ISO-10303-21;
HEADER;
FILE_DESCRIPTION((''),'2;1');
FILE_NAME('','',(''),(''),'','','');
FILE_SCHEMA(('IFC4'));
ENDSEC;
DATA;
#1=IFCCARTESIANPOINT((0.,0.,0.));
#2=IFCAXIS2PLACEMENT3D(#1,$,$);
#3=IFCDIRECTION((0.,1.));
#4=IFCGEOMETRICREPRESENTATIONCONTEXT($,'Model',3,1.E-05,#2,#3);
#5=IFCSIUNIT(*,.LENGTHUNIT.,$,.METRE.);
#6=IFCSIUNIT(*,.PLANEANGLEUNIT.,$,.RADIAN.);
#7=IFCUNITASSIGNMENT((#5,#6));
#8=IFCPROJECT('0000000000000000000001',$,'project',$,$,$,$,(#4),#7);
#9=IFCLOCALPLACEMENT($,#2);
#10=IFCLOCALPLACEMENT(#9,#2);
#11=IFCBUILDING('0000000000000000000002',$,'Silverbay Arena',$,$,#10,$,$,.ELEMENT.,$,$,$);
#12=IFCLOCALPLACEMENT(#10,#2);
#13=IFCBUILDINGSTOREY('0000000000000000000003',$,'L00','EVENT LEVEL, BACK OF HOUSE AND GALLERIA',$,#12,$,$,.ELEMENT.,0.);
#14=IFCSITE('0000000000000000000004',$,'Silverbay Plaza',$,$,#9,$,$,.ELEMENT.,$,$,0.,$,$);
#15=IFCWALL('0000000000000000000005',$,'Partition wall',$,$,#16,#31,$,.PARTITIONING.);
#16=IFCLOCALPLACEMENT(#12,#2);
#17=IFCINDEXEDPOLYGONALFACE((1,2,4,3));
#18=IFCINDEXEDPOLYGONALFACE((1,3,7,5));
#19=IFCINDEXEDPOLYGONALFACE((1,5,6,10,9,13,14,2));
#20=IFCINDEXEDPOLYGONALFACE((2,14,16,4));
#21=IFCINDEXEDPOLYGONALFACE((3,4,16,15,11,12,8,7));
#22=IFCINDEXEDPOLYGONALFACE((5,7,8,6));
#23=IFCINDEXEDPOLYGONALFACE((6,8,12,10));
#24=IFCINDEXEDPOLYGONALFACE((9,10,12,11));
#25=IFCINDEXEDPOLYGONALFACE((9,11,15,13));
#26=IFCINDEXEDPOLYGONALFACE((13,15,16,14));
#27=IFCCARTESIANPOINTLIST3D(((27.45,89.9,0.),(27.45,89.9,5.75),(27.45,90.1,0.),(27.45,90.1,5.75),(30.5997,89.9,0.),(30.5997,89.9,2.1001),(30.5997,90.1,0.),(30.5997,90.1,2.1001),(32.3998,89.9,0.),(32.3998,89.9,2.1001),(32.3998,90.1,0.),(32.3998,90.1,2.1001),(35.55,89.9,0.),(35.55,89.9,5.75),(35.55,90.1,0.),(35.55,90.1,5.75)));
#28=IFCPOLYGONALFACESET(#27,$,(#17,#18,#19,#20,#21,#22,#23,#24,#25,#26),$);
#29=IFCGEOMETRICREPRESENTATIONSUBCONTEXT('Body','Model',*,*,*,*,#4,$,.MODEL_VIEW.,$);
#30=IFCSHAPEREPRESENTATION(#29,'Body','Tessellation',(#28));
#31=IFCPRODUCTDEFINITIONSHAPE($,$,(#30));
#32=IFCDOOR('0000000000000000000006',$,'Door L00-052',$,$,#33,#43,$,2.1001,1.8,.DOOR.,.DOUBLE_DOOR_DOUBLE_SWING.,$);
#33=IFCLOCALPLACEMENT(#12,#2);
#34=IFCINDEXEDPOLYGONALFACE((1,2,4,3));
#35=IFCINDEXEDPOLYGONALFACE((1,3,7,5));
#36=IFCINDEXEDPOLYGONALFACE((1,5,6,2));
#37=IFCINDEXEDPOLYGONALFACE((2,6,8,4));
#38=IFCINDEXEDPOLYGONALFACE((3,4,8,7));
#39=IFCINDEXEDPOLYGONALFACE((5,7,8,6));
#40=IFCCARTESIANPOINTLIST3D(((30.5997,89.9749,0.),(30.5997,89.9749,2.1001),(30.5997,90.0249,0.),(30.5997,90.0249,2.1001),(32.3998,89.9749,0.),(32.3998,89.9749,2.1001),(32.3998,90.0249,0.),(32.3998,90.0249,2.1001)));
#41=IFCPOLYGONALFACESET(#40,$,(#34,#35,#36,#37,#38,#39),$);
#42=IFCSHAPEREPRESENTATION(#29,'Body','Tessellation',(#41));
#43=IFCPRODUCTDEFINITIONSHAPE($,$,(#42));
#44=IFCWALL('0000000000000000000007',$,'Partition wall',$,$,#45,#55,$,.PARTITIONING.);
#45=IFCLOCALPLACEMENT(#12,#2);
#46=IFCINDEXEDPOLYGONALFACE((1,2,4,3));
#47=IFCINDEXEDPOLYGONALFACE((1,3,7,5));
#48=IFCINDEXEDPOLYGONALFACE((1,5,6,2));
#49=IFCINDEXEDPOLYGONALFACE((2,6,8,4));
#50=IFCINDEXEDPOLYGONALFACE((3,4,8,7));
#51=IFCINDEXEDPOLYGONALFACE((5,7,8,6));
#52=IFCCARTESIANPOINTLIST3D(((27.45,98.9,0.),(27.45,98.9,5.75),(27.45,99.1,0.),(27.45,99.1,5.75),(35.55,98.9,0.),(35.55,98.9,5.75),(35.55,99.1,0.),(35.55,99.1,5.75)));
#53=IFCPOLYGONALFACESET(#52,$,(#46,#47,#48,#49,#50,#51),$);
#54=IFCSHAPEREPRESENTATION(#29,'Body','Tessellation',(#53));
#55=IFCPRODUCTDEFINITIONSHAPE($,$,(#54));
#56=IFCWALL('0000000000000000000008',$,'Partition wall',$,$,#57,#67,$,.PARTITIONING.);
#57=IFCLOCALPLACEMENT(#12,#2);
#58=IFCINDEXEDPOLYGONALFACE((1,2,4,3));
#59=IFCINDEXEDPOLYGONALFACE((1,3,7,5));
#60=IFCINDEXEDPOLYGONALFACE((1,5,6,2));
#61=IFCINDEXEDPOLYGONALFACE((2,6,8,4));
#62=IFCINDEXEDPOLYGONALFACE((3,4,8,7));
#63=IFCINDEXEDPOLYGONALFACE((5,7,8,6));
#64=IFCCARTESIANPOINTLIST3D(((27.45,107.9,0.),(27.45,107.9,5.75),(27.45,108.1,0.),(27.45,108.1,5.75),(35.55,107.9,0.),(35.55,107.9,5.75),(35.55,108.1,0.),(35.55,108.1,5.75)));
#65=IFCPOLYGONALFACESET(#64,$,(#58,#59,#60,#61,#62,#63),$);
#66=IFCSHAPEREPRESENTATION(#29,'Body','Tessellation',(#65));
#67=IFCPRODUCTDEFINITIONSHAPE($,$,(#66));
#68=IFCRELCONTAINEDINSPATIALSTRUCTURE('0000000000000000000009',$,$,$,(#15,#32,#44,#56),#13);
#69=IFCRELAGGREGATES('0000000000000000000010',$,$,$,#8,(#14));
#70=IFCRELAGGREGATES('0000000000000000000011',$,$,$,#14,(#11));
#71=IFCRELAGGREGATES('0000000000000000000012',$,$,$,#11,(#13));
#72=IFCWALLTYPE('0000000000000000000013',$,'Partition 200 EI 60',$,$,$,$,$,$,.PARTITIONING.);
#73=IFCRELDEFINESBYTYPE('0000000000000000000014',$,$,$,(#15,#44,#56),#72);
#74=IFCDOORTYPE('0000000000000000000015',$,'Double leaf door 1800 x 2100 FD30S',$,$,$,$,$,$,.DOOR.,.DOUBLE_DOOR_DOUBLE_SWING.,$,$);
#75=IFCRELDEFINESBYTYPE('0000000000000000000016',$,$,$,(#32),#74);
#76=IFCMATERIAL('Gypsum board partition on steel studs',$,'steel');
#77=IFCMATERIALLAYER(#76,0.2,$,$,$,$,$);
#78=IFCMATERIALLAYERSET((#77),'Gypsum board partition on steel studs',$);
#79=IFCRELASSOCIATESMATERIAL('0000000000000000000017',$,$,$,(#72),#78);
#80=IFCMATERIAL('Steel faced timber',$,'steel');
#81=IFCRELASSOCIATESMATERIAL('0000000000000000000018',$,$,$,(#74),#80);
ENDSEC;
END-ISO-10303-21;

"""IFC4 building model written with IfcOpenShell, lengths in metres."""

from ifc_helpers import new_model, si_unit, direction, frame, frame_2d, origin, place, context, subcontext, project, spatial, rectangle, extrude, material, layer, layer_set, type_object, element, fill, save


model = new_model("IFC4")

# Units and contexts
model_context = context("Model", 3, precision=1e-05, world=origin(), true_north=direction((0.0, 1.0)))
body_context = subcontext(model_context, "Body", "Model", "MODEL_VIEW")
ifc_project = project(units=[si_unit("LENGTHUNIT", "METRE"), si_unit("PLANEANGLEUNIT", "RADIAN")], contexts=[model_context])

# Site, building, storey
site_placement = place(None, origin())
site = spatial("IfcSite", under=ifc_project, at=site_placement, Name="Silverbay Plaza", CompositionType="ELEMENT", RefElevation=0.0)
building_placement = place(site_placement, origin())
building = spatial("IfcBuilding", under=site, at=building_placement, Name="Silverbay Arena", CompositionType="ELEMENT")
storey_placement = place(building_placement, origin())
storey = spatial("IfcBuildingStorey", under=building, at=storey_placement, Name="L00", Description="EVENT LEVEL, BACK OF HOUSE AND GALLERIA", CompositionType="ELEMENT", Elevation=0.0)

# Wall, opening, door
ifc_material_1 = material(Name="Gypsum board partition on steel studs", Category="steel")
ifc_layer_1 = layer(ifc_material_1, 0.2)
ifc_layer_set_1 = layer_set([ifc_layer_1], Name="Gypsum board partition on steel studs")
wall_type_1 = type_object("IfcWallType", Name="Partition 200 EI 60", PredefinedType="PARTITIONING", material=ifc_layer_set_1)
wall_1_placement = place(storey_placement, frame((27.45, 90.0, 0.0), z_axis=(0.0, 0.0, 1.0), x_axis=(1.0, 0.0, 0.0)))
wall_1 = element("IfcWall", 1, at=wall_1_placement, inside=storey, type_object=wall_type_1, Name="Partition wall", PredefinedType="PARTITIONING", context=body_context, shape_type="SweptSolid", body=[
    extrude(rectangle(XDim=8.1001, YDim=0.2, at=frame_2d((4.05, 0.0))), origin(), (0.0, 0.0, 1.0), 5.75),
])
opening_1_placement = place(wall_1_placement, frame((3.1499, 0.0, 0.0)))
opening_1 = element("IfcOpeningElement", 2, at=opening_1_placement, cuts=wall_1, PredefinedType="OPENING", context=body_context, shape_type="SweptSolid", body=[
    extrude(rectangle(XDim=1.8, YDim=2.1001, at=frame_2d((0.8999, 1.05))), frame((0.0, 0.1099, 0.0), z_axis=(0.0, -1.0, 0.0), x_axis=(1.0, 0.0, 0.0)), (0.0, 0.0, 1.0), 0.22),
])
ifc_material_2 = material(Name="Steel faced timber", Category="steel")
door_type_1 = type_object("IfcDoorType", Name="Double leaf door 1800 x 2100 FD30S", OperationType="DOUBLE_DOOR_DOUBLE_SWING", PredefinedType="DOOR", material=ifc_material_2)
door_1_placement = place(opening_1_placement, origin())
door_1 = element("IfcDoor", 3, at=door_1_placement, inside=storey, type_object=door_type_1, Name="Door L00-052", OperationType="DOUBLE_DOOR_DOUBLE_SWING", OverallHeight=2.1001, OverallWidth=1.8, PredefinedType="DOOR", context=body_context, shape_type="SweptSolid", body=[
    extrude(rectangle(XDim=1.8, YDim=2.1001, at=frame_2d((0.8999, 1.05))), frame((0.0, 0.0249, 0.0), z_axis=(0.0, -1.0, 0.0), x_axis=(1.0, 0.0, 0.0)), (0.0, 0.0, 1.0), 0.05),
])
fill(opening_1, door_1)

# Walls
for number, where, z_axis, x_axis, name in (
    (4, (27.45, 99.0, 0.0), (0.0, 0.0, 1.0), (1.0, 0.0, 0.0), "Partition wall"),
    (5, (27.45, 108.0, 0.0), (0.0, 0.0, 1.0), (1.0, 0.0, 0.0), "Partition wall"),
):
    element("IfcWall", number, at=place(storey_placement, frame(where, z_axis=z_axis, x_axis=x_axis)), inside=storey, type_object=wall_type_1, Name=name, PredefinedType="PARTITIONING", context=body_context, shape_type="SweptSolid", body=[
        extrude(rectangle(XDim=8.1001, YDim=0.2, at=frame_2d((4.05, 0.0))), origin(), (0.0, 0.0, 1.0), 5.75),
    ])

save(model, "model.ifc")
